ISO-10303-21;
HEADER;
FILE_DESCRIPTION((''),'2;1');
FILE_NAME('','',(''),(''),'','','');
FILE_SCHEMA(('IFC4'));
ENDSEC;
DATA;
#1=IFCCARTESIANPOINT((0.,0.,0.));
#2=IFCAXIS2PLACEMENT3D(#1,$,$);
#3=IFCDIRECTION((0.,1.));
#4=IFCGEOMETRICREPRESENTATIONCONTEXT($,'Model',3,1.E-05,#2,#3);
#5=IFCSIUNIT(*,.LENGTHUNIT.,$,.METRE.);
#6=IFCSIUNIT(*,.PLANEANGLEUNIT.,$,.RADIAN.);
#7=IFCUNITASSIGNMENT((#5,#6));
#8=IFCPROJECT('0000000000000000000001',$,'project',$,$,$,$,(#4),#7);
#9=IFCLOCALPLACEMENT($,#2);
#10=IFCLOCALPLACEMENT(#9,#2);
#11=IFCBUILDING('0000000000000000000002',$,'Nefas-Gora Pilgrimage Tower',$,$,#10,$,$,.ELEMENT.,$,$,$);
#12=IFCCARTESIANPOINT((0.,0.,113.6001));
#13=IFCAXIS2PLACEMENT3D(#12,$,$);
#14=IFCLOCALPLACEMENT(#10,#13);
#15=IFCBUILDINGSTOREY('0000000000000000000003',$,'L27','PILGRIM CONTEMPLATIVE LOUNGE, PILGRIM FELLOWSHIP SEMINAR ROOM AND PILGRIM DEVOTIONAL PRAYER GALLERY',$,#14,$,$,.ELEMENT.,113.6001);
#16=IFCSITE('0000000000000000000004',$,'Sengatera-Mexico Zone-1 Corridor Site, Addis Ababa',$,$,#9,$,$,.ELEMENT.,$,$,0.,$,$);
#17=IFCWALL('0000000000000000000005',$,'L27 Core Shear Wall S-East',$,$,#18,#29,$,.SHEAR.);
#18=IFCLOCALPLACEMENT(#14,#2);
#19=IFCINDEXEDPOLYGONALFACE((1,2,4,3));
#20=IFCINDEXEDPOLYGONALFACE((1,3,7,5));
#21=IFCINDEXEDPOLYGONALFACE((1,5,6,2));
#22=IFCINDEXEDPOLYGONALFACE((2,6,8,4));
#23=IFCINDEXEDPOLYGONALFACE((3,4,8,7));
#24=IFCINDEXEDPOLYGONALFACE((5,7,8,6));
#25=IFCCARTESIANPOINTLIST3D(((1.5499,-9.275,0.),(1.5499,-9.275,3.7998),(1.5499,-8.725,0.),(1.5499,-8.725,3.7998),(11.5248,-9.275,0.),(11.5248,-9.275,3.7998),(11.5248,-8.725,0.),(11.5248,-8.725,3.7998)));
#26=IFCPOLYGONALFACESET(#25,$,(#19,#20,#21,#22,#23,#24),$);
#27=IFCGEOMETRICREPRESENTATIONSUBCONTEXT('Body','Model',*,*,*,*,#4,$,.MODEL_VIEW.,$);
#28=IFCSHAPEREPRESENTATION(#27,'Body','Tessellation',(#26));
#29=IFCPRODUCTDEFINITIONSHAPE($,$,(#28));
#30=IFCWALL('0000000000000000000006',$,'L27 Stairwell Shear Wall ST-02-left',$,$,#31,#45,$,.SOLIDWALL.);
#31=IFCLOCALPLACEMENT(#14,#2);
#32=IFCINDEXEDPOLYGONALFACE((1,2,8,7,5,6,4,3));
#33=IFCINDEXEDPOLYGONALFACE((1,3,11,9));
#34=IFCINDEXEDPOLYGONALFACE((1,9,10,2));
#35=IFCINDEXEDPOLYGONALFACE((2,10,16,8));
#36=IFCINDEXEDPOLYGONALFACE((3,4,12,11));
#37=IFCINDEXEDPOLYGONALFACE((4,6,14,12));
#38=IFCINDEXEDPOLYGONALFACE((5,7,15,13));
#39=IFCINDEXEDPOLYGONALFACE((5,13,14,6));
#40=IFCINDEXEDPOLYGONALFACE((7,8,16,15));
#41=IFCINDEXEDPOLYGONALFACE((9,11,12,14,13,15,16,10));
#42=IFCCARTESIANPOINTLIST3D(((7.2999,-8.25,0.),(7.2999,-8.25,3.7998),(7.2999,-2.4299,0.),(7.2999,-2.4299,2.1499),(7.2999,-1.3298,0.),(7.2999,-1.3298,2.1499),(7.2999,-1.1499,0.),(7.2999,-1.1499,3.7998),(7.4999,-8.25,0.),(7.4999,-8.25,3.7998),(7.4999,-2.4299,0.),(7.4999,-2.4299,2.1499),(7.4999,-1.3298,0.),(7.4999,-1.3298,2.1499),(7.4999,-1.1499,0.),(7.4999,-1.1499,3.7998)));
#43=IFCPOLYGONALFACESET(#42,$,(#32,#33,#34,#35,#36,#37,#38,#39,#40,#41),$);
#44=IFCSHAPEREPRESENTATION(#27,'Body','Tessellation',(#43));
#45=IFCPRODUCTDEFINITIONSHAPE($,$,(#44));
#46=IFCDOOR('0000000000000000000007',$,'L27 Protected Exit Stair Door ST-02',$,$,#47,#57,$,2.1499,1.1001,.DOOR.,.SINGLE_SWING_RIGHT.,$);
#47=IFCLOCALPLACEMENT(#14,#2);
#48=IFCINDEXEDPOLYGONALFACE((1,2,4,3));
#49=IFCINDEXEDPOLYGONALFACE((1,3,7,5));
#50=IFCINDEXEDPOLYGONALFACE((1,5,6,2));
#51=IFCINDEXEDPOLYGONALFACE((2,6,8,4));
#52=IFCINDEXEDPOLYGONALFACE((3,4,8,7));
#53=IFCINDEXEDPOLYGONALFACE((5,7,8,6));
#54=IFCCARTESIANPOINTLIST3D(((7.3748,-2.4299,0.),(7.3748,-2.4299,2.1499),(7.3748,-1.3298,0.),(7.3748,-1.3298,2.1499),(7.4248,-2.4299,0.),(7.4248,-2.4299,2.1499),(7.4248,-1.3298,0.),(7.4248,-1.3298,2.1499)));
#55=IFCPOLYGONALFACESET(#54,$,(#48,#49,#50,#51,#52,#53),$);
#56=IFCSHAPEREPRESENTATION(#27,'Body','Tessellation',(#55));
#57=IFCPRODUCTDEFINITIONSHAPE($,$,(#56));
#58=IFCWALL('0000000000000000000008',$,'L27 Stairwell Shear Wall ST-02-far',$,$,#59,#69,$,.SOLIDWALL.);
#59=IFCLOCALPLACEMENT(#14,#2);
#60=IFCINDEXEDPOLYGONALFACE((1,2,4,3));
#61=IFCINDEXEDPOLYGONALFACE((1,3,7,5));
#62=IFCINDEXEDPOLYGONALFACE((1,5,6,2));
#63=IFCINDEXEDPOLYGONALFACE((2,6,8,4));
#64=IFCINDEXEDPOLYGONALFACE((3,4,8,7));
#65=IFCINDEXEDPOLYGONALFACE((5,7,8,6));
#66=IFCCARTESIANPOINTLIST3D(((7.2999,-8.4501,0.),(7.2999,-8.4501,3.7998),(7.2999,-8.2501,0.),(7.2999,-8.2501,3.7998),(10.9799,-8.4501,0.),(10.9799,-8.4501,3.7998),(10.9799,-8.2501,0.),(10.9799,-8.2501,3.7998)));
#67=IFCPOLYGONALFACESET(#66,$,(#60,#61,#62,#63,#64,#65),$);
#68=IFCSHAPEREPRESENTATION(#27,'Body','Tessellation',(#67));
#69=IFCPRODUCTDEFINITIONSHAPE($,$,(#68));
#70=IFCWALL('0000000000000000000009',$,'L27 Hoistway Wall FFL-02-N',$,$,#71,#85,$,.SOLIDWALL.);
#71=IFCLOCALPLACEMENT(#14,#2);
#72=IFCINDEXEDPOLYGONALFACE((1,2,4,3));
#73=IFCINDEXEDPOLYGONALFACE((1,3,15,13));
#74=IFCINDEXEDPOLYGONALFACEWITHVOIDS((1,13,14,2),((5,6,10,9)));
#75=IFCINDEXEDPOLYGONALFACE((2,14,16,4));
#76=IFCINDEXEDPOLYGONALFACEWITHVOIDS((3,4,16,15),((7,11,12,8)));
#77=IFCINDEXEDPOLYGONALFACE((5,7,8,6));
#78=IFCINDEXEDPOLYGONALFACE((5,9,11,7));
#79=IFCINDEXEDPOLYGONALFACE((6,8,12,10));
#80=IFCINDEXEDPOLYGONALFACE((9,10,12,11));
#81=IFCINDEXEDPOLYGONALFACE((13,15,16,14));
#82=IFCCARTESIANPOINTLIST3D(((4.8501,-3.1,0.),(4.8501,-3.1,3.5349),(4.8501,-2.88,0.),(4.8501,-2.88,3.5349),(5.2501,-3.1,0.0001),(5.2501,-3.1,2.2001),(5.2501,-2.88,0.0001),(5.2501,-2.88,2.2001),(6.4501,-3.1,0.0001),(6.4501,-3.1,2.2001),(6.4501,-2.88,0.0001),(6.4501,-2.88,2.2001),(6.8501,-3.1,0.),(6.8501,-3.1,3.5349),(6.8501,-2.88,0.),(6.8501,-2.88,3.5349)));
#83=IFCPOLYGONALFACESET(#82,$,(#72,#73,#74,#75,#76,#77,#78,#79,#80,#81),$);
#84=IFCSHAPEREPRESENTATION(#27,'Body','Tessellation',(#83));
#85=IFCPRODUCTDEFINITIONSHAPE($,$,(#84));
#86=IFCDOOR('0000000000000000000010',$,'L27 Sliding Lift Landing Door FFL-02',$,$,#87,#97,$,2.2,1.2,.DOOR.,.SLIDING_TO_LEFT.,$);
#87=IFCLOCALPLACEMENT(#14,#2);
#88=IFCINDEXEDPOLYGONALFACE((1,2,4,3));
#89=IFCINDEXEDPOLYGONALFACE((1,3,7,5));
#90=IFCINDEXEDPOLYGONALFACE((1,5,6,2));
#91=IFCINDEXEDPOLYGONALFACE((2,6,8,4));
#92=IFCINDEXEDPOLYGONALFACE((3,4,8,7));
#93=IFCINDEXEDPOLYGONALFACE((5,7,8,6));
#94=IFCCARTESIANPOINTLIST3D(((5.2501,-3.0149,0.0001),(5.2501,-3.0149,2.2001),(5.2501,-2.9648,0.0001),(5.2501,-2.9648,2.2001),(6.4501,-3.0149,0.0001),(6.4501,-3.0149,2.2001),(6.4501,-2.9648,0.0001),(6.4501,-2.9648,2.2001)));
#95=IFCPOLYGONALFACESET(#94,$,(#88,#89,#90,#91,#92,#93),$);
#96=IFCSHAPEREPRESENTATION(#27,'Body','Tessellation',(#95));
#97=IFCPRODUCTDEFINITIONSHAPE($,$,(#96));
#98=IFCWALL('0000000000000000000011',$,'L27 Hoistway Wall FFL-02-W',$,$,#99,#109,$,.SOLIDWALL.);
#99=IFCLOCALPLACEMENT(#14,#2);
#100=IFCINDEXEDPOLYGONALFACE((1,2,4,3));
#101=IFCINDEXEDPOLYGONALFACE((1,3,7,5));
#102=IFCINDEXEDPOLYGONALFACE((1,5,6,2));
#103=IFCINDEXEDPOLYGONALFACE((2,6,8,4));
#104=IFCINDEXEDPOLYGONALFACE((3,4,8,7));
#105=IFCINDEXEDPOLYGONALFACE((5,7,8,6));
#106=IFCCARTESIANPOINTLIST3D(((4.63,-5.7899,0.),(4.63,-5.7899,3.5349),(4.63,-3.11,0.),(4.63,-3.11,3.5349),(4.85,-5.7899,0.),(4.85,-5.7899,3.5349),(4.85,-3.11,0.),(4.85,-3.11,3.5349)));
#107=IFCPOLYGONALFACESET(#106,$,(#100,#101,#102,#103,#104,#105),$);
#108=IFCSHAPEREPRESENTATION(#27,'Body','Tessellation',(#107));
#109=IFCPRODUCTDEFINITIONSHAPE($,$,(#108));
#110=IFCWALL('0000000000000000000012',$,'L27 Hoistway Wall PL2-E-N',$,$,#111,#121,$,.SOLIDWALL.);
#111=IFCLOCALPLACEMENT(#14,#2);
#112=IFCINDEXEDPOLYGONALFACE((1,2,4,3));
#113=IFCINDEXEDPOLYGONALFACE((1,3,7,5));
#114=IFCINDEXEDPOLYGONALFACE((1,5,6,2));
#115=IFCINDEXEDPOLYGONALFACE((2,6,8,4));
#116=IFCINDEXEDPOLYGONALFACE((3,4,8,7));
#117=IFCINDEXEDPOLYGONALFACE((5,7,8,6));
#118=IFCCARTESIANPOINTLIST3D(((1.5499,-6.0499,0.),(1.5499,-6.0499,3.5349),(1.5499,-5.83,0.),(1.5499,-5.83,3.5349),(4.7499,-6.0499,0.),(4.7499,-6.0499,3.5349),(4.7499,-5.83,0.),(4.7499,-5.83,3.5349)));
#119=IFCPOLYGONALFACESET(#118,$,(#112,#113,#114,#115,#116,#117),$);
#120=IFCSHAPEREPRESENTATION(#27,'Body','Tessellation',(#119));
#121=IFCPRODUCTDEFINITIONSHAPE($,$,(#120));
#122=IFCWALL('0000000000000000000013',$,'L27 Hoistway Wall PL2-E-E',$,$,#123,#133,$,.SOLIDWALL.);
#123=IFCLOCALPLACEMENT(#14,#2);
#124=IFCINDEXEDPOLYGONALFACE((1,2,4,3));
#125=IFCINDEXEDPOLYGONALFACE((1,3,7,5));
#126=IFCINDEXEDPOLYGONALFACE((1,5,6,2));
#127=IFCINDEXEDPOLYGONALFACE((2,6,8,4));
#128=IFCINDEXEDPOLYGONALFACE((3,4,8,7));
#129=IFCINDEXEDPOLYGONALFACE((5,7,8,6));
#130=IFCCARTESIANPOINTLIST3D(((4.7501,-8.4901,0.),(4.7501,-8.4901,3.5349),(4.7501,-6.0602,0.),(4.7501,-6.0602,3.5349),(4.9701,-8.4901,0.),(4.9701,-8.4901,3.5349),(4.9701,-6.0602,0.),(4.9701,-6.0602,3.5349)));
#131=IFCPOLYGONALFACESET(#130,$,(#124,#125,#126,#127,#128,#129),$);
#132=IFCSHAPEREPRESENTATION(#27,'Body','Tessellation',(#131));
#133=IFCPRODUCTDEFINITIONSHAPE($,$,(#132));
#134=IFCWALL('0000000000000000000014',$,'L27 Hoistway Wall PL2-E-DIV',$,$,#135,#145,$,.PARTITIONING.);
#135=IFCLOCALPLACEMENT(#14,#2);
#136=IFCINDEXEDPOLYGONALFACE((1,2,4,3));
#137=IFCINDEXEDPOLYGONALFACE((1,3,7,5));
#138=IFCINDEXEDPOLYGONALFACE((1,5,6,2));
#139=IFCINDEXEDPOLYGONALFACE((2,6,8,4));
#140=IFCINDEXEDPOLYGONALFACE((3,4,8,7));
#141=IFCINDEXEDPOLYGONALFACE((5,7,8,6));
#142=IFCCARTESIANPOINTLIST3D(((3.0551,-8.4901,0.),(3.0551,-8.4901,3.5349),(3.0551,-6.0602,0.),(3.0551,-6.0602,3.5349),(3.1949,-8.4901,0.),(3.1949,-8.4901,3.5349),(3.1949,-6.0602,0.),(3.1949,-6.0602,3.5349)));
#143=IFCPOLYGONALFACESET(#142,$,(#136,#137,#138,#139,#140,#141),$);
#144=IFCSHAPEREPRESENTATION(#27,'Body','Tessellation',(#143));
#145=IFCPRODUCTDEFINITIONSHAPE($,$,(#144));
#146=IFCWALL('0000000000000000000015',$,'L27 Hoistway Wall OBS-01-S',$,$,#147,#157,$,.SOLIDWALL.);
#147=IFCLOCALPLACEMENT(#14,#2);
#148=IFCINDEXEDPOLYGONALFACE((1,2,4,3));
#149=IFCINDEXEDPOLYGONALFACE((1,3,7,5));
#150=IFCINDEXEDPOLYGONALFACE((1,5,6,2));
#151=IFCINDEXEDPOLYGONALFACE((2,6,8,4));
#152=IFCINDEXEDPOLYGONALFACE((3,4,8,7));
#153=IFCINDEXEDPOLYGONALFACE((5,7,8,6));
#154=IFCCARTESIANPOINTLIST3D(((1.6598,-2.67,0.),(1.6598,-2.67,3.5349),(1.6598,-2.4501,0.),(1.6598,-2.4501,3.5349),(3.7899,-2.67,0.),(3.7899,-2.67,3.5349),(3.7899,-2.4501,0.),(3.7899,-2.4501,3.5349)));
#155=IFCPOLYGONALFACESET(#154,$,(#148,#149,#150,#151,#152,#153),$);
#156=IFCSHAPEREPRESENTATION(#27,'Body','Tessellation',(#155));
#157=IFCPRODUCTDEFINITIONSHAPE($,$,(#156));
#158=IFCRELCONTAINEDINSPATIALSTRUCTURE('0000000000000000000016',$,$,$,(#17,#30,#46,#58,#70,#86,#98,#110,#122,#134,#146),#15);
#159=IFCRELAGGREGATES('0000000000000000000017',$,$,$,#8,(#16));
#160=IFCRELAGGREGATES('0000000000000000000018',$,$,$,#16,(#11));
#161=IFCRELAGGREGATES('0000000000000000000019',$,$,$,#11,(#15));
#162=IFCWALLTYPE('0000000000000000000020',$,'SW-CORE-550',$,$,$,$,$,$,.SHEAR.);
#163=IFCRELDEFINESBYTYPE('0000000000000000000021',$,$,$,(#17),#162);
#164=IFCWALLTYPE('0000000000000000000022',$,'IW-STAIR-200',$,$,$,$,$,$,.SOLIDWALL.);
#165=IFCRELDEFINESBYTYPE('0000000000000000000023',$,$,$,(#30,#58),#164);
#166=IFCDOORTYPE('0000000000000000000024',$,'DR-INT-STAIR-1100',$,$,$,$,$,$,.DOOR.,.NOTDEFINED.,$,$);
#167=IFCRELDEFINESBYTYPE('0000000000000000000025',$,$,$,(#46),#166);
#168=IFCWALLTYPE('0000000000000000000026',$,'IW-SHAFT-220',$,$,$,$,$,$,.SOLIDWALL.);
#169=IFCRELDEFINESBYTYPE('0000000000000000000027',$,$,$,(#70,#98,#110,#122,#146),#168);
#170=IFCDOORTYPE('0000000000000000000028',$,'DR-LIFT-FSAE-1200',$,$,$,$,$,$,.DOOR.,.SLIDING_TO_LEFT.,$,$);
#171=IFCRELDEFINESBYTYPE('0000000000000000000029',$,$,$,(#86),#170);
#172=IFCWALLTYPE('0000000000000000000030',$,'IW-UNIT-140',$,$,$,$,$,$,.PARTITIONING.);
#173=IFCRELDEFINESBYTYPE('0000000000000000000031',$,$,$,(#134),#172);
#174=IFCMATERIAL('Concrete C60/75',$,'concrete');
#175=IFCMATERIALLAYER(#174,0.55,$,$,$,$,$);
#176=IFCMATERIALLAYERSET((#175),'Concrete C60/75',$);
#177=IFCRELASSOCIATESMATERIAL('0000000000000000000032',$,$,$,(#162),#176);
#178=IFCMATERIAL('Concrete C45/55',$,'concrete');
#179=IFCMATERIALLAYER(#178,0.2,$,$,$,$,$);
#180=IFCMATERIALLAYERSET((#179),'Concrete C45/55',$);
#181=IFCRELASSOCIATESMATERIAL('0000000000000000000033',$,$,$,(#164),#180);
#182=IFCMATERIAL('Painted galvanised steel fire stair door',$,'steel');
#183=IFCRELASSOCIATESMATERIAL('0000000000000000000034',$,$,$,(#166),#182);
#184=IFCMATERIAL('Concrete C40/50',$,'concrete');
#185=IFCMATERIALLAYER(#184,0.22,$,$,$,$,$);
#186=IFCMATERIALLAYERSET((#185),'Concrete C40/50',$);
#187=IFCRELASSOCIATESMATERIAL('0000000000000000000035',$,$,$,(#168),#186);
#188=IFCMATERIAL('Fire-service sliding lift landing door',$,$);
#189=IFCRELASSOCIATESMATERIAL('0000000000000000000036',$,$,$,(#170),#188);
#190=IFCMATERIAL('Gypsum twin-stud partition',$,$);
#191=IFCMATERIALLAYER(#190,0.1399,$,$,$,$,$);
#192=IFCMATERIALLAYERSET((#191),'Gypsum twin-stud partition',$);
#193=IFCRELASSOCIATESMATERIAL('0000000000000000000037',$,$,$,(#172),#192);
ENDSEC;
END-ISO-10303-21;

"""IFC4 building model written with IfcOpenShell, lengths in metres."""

from ifc_helpers import new_model, si_unit, direction, frame, frame_2d, origin, place, context, subcontext, project, spatial, rectangle, extrude, source, transform, mapped, material, layer, layer_set, type_object, element, fill, save


model = new_model("IFC4")

# Units and contexts
model_context = context("Model", 3, precision=1e-05, world=origin(), true_north=direction((0.0, 1.0)))
body_context = subcontext(model_context, "Body", "Model", "MODEL_VIEW")
ifc_project = project(units=[si_unit("LENGTHUNIT", "METRE"), si_unit("PLANEANGLEUNIT", "RADIAN")], contexts=[model_context])

# Site, building, storey
site_placement = place(None, origin())
site = spatial("IfcSite", under=ifc_project, at=site_placement, Name="Sengatera-Mexico Zone-1 Corridor Site, Addis Ababa", CompositionType="ELEMENT", RefElevation=0.0)
building_placement = place(site_placement, origin())
building = spatial("IfcBuilding", under=site, at=building_placement, Name="Nefas-Gora Pilgrimage Tower", CompositionType="ELEMENT")
storey_placement = place(building_placement, frame((0.0, 0.0, 113.6001)))
storey = spatial("IfcBuildingStorey", under=building, at=storey_placement, Name="L27", Description="PILGRIM CONTEMPLATIVE LOUNGE, PILGRIM FELLOWSHIP SEMINAR ROOM AND PILGRIM DEVOTIONAL PRAYER GALLERY", CompositionType="ELEMENT", Elevation=113.6001)

# Wall
ifc_material_1 = material(Name="Concrete C60/75", Category="concrete")
ifc_layer_1 = layer(ifc_material_1, 0.55)
ifc_layer_set_1 = layer_set([ifc_layer_1], Name="Concrete C60/75")
wall_type_1 = type_object("IfcWallType", Name="SW-CORE-550", PredefinedType="SHEAR", material=ifc_layer_set_1)
shared_shape_1 = source(origin(), body_context, "Body", "SweptSolid", [
    extrude(rectangle(XDim=9.9749, YDim=0.55, at=frame_2d((4.9873, 0.0))), origin(), (0.0, 0.0, 1.0), 3.7998),
])
wall_1_placement = place(storey_placement, frame((1.55, -9.0, 0.0), z_axis=(0.0, 0.0, 1.0), x_axis=(1.0, 0.0, 0.0)))
element("IfcWall", 1, at=wall_1_placement, inside=storey, type_object=wall_type_1, Name="L27 Core Shear Wall S-East", PredefinedType="SHEAR", context=body_context, shape_type="MappedRepresentation", body=[
    mapped(shared_shape_1, transform((0.0, 0.0, 0.0), x_axis=(1.0, 0.0, 0.0), y_axis=(0.0, 1.0, 0.0), z_axis=(0.0, 0.0, 1.0), scale=1.0)),
])

# Wall, opening, door
ifc_material_2 = material(Name="Concrete C45/55", Category="concrete")
ifc_layer_2 = layer(ifc_material_2, 0.2)
ifc_layer_set_2 = layer_set([ifc_layer_2], Name="Concrete C45/55")
wall_type_2 = type_object("IfcWallType", Name="IW-STAIR-200", PredefinedType="SOLIDWALL", material=ifc_layer_set_2)
shared_shape_2 = source(origin(), body_context, "Body", "SweptSolid", [
    extrude(rectangle(XDim=7.1001, YDim=0.2, at=frame_2d((3.55, 0.0))), origin(), (0.0, 0.0, 1.0), 3.7998),
])
wall_2_placement = place(storey_placement, frame((7.3999, -1.1499, 0.0), z_axis=(0.0, 0.0, 1.0), x_axis=(0.0, -1.0, 0.0)))
wall_2 = element("IfcWall", 2, at=wall_2_placement, inside=storey, type_object=wall_type_2, Name="L27 Stairwell Shear Wall ST-02-left", PredefinedType="SOLIDWALL", context=body_context, shape_type="MappedRepresentation", body=[
    mapped(shared_shape_2, transform((0.0, 0.0, 0.0), x_axis=(1.0, 0.0, 0.0), y_axis=(0.0, 1.0, 0.0), z_axis=(0.0, 0.0, 1.0), scale=1.0)),
])
opening_1_placement = place(wall_2_placement, frame((0.1799, 0.0, 0.0)))
opening_1 = element("IfcOpeningElement", 3, at=opening_1_placement, cuts=wall_2, PredefinedType="OPENING", context=body_context, shape_type="SweptSolid", body=[
    extrude(rectangle(XDim=1.1001, YDim=2.1499, at=frame_2d((0.55, 1.075))), frame((0.0, 0.1099, 0.0), z_axis=(0.0, -1.0, 0.0), x_axis=(1.0, 0.0, 0.0)), (0.0, 0.0, 1.0), 0.22),
])
ifc_material_3 = material(Name="Painted galvanised steel fire stair door", Category="steel")
door_type_1 = type_object("IfcDoorType", Name="DR-INT-STAIR-1100", OperationType="NOTDEFINED", PredefinedType="DOOR", material=ifc_material_3)
shared_shape_3 = source(origin(), body_context, "Body", "SweptSolid", [
    extrude(rectangle(XDim=1.1001, YDim=2.1499, at=frame_2d((0.55, 1.075))), frame((0.0, 0.0249, 0.0), z_axis=(0.0, -1.0, 0.0), x_axis=(1.0, 0.0, 0.0)), (0.0, 0.0, 1.0), 0.05),
])
door_1_placement = place(opening_1_placement, origin())
door_1 = element("IfcDoor", 4, at=door_1_placement, inside=storey, type_object=door_type_1, Name="L27 Protected Exit Stair Door ST-02", OperationType="SINGLE_SWING_RIGHT", OverallHeight=2.1499, OverallWidth=1.1001, PredefinedType="DOOR", context=body_context, shape_type="MappedRepresentation", body=[
    mapped(shared_shape_3, transform((0.0, 0.0, 0.0), x_axis=(1.0, 0.0, 0.0), y_axis=(0.0, 1.0, 0.0), z_axis=(0.0, 0.0, 1.0), scale=1.0)),
])
fill(opening_1, door_1)

# Wall
shared_shape_4 = source(origin(), body_context, "Body", "SweptSolid", [
    extrude(rectangle(XDim=3.6799, YDim=0.2, at=frame_2d((1.8398, 0.0))), origin(), (0.0, 0.0, 1.0), 3.7998),
])
wall_3_placement = place(storey_placement, frame((7.3, -8.3501, 0.0), z_axis=(0.0, 0.0, 1.0), x_axis=(1.0, 0.0, 0.0)))
element("IfcWall", 5, at=wall_3_placement, inside=storey, type_object=wall_type_2, Name="L27 Stairwell Shear Wall ST-02-far", PredefinedType="SOLIDWALL", context=body_context, shape_type="MappedRepresentation", body=[
    mapped(shared_shape_4, transform((0.0, 0.0, 0.0), x_axis=(1.0, 0.0, 0.0), y_axis=(0.0, 1.0, 0.0), z_axis=(0.0, 0.0, 1.0), scale=1.0)),
])

# Wall, opening, door
ifc_material_4 = material(Name="Concrete C40/50", Category="concrete")
ifc_layer_3 = layer(ifc_material_4, 0.22)
ifc_layer_set_3 = layer_set([ifc_layer_3], Name="Concrete C40/50")
wall_type_3 = type_object("IfcWallType", Name="IW-SHAFT-220", PredefinedType="SOLIDWALL", material=ifc_layer_set_3)
shared_shape_5 = source(origin(), body_context, "Body", "SweptSolid", [
    extrude(rectangle(XDim=2.0, YDim=0.22, at=frame_2d((1.0, 0.0))), origin(), (0.0, 0.0, 1.0), 3.5349),
])
wall_4_placement = place(storey_placement, frame((6.8501, -2.99, 0.0), z_axis=(0.0, 0.0, 1.0), x_axis=(-1.0, 0.0, 0.0)))
wall_4 = element("IfcWall", 6, at=wall_4_placement, inside=storey, type_object=wall_type_3, Name="L27 Hoistway Wall FFL-02-N", PredefinedType="SOLIDWALL", context=body_context, shape_type="MappedRepresentation", body=[
    mapped(shared_shape_5, transform((0.0, 0.0, 0.0), x_axis=(1.0, 0.0, 0.0), y_axis=(0.0, 1.0, 0.0), z_axis=(0.0, 0.0, 1.0), scale=1.0)),
])
opening_2_placement = place(wall_4_placement, frame((0.3999, 0.0, 0.0)))
opening_2 = element("IfcOpeningElement", 7, at=opening_2_placement, cuts=wall_4, PredefinedType="OPENING", context=body_context, shape_type="SweptSolid", body=[
    extrude(rectangle(XDim=1.2, YDim=2.2, at=frame_2d((0.6001, 1.1001))), frame((0.0, 0.1199, 0.0), z_axis=(0.0, -1.0, 0.0), x_axis=(1.0, 0.0, 0.0)), (0.0, 0.0, 1.0), 0.24),
])
ifc_material_5 = material(Name="Fire-service sliding lift landing door")
door_type_2 = type_object("IfcDoorType", Name="DR-LIFT-FSAE-1200", OperationType="SLIDING_TO_LEFT", PredefinedType="DOOR", material=ifc_material_5)
shared_shape_6 = source(origin(), body_context, "Body", "SweptSolid", [
    extrude(rectangle(XDim=1.2, YDim=2.2, at=frame_2d((0.6001, 1.1001))), frame((0.0, 0.0249, 0.0), z_axis=(0.0, -1.0, 0.0), x_axis=(1.0, 0.0, 0.0)), (0.0, 0.0, 1.0), 0.05),
])
door_2_placement = place(opening_2_placement, origin())
door_2 = element("IfcDoor", 8, at=door_2_placement, inside=storey, type_object=door_type_2, Name="L27 Sliding Lift Landing Door FFL-02", OperationType="SLIDING_TO_LEFT", OverallHeight=2.2, OverallWidth=1.2, PredefinedType="DOOR", context=body_context, shape_type="MappedRepresentation", body=[
    mapped(shared_shape_6, transform((0.0, 0.0, 0.0), x_axis=(1.0, 0.0, 0.0), y_axis=(0.0, 1.0, 0.0), z_axis=(0.0, 0.0, 1.0), scale=1.0)),
])
fill(opening_2, door_2)

# Walls
shared_shape_7 = source(origin(), body_context, "Body", "SweptSolid", [
    extrude(rectangle(XDim=2.6799, YDim=0.22, at=frame_2d((1.3398, 0.0))), origin(), (0.0, 0.0, 1.0), 3.5349),
])
wall_5_placement = place(storey_placement, frame((4.74, -3.1101, 0.0), z_axis=(0.0, 0.0, 1.0), x_axis=(0.0, -1.0, 0.0)))
element("IfcWall", 9, at=wall_5_placement, inside=storey, type_object=wall_type_3, Name="L27 Hoistway Wall FFL-02-W", PredefinedType="SOLIDWALL", context=body_context, shape_type="MappedRepresentation", body=[
    mapped(shared_shape_7, transform((0.0, 0.0, 0.0), x_axis=(1.0, 0.0, 0.0), y_axis=(0.0, 1.0, 0.0), z_axis=(0.0, 0.0, 1.0), scale=1.0)),
])
shared_shape_8 = source(origin(), body_context, "Body", "SweptSolid", [
    extrude(rectangle(XDim=3.2, YDim=0.22, at=frame_2d((1.6001, 0.0))), origin(), (0.0, 0.0, 1.0), 3.5349),
])
wall_6_placement = place(storey_placement, frame((4.75, -5.9399, 0.0), z_axis=(0.0, 0.0, 1.0), x_axis=(-1.0, 0.0, 0.0)))
element("IfcWall", 10, at=wall_6_placement, inside=storey, type_object=wall_type_3, Name="L27 Hoistway Wall PL2-E-N", PredefinedType="SOLIDWALL", context=body_context, shape_type="MappedRepresentation", body=[
    mapped(shared_shape_8, transform((0.0, 0.0, 0.0), x_axis=(1.0, 0.0, 0.0), y_axis=(0.0, 1.0, 0.0), z_axis=(0.0, 0.0, 1.0), scale=1.0)),
])
shared_shape_9 = source(origin(), body_context, "Body", "SweptSolid", [
    extrude(rectangle(XDim=2.4299, YDim=0.22, at=frame_2d((1.2148, 0.0))), origin(), (0.0, 0.0, 1.0), 3.5349),
])
for number, where, z_axis, x_axis, name in (
    (11, (4.8601, -8.49, 0.0), (0.0, 0.0, 1.0), (0.0, 1.0, 0.0), "L27 Hoistway Wall PL2-E-E"),
):
    element("IfcWall", number, at=place(storey_placement, frame(where, z_axis=z_axis, x_axis=x_axis)), inside=storey, type_object=wall_type_3, Name=name, PredefinedType="SOLIDWALL", context=body_context, shape_type="MappedRepresentation", body=[
        mapped(shared_shape_9, transform((0.0, 0.0, 0.0), x_axis=(1.0, 0.0, 0.0), y_axis=(0.0, 1.0, 0.0), z_axis=(0.0, 0.0, 1.0), scale=1.0)),
    ])
ifc_material_6 = material(Name="Gypsum twin-stud partition")
ifc_layer_4 = layer(ifc_material_6, 0.1399)
ifc_layer_set_4 = layer_set([ifc_layer_4], Name="Gypsum twin-stud partition")
wall_type_4 = type_object("IfcWallType", Name="IW-UNIT-140", PredefinedType="PARTITIONING", material=ifc_layer_set_4)
shared_shape_10 = source(origin(), body_context, "Body", "SweptSolid", [
    extrude(rectangle(XDim=2.4299, YDim=0.1399, at=frame_2d((1.2148, 0.0))), origin(), (0.0, 0.0, 1.0), 3.5349),
])
wall_7_placement = place(storey_placement, frame((3.125, -8.49, 0.0), z_axis=(0.0, 0.0, 1.0), x_axis=(0.0, 1.0, 0.0)))
element("IfcWall", 12, at=wall_7_placement, inside=storey, type_object=wall_type_4, Name="L27 Hoistway Wall PL2-E-DIV", PredefinedType="PARTITIONING", context=body_context, shape_type="MappedRepresentation", body=[
    mapped(shared_shape_10, transform((0.0, 0.0, 0.0), x_axis=(1.0, 0.0, 0.0), y_axis=(0.0, 1.0, 0.0), z_axis=(0.0, 0.0, 1.0), scale=1.0)),
])
shared_shape_11 = source(origin(), body_context, "Body", "SweptSolid", [
    extrude(rectangle(XDim=2.1301, YDim=0.22, at=frame_2d((1.0649, 0.0))), origin(), (0.0, 0.0, 1.0), 3.5349),
])
wall_8_placement = place(storey_placement, frame((1.6599, -2.5601, 0.0), z_axis=(0.0, 0.0, 1.0), x_axis=(1.0, 0.0, 0.0)))
element("IfcWall", 13, at=wall_8_placement, inside=storey, type_object=wall_type_3, Name="L27 Hoistway Wall OBS-01-S", PredefinedType="SOLIDWALL", context=body_context, shape_type="MappedRepresentation", body=[
    mapped(shared_shape_11, transform((0.0, 0.0, 0.0), x_axis=(1.0, 0.0, 0.0), y_axis=(0.0, 1.0, 0.0), z_axis=(0.0, 0.0, 1.0), scale=1.0)),
])

save(model, "model.ifc")
